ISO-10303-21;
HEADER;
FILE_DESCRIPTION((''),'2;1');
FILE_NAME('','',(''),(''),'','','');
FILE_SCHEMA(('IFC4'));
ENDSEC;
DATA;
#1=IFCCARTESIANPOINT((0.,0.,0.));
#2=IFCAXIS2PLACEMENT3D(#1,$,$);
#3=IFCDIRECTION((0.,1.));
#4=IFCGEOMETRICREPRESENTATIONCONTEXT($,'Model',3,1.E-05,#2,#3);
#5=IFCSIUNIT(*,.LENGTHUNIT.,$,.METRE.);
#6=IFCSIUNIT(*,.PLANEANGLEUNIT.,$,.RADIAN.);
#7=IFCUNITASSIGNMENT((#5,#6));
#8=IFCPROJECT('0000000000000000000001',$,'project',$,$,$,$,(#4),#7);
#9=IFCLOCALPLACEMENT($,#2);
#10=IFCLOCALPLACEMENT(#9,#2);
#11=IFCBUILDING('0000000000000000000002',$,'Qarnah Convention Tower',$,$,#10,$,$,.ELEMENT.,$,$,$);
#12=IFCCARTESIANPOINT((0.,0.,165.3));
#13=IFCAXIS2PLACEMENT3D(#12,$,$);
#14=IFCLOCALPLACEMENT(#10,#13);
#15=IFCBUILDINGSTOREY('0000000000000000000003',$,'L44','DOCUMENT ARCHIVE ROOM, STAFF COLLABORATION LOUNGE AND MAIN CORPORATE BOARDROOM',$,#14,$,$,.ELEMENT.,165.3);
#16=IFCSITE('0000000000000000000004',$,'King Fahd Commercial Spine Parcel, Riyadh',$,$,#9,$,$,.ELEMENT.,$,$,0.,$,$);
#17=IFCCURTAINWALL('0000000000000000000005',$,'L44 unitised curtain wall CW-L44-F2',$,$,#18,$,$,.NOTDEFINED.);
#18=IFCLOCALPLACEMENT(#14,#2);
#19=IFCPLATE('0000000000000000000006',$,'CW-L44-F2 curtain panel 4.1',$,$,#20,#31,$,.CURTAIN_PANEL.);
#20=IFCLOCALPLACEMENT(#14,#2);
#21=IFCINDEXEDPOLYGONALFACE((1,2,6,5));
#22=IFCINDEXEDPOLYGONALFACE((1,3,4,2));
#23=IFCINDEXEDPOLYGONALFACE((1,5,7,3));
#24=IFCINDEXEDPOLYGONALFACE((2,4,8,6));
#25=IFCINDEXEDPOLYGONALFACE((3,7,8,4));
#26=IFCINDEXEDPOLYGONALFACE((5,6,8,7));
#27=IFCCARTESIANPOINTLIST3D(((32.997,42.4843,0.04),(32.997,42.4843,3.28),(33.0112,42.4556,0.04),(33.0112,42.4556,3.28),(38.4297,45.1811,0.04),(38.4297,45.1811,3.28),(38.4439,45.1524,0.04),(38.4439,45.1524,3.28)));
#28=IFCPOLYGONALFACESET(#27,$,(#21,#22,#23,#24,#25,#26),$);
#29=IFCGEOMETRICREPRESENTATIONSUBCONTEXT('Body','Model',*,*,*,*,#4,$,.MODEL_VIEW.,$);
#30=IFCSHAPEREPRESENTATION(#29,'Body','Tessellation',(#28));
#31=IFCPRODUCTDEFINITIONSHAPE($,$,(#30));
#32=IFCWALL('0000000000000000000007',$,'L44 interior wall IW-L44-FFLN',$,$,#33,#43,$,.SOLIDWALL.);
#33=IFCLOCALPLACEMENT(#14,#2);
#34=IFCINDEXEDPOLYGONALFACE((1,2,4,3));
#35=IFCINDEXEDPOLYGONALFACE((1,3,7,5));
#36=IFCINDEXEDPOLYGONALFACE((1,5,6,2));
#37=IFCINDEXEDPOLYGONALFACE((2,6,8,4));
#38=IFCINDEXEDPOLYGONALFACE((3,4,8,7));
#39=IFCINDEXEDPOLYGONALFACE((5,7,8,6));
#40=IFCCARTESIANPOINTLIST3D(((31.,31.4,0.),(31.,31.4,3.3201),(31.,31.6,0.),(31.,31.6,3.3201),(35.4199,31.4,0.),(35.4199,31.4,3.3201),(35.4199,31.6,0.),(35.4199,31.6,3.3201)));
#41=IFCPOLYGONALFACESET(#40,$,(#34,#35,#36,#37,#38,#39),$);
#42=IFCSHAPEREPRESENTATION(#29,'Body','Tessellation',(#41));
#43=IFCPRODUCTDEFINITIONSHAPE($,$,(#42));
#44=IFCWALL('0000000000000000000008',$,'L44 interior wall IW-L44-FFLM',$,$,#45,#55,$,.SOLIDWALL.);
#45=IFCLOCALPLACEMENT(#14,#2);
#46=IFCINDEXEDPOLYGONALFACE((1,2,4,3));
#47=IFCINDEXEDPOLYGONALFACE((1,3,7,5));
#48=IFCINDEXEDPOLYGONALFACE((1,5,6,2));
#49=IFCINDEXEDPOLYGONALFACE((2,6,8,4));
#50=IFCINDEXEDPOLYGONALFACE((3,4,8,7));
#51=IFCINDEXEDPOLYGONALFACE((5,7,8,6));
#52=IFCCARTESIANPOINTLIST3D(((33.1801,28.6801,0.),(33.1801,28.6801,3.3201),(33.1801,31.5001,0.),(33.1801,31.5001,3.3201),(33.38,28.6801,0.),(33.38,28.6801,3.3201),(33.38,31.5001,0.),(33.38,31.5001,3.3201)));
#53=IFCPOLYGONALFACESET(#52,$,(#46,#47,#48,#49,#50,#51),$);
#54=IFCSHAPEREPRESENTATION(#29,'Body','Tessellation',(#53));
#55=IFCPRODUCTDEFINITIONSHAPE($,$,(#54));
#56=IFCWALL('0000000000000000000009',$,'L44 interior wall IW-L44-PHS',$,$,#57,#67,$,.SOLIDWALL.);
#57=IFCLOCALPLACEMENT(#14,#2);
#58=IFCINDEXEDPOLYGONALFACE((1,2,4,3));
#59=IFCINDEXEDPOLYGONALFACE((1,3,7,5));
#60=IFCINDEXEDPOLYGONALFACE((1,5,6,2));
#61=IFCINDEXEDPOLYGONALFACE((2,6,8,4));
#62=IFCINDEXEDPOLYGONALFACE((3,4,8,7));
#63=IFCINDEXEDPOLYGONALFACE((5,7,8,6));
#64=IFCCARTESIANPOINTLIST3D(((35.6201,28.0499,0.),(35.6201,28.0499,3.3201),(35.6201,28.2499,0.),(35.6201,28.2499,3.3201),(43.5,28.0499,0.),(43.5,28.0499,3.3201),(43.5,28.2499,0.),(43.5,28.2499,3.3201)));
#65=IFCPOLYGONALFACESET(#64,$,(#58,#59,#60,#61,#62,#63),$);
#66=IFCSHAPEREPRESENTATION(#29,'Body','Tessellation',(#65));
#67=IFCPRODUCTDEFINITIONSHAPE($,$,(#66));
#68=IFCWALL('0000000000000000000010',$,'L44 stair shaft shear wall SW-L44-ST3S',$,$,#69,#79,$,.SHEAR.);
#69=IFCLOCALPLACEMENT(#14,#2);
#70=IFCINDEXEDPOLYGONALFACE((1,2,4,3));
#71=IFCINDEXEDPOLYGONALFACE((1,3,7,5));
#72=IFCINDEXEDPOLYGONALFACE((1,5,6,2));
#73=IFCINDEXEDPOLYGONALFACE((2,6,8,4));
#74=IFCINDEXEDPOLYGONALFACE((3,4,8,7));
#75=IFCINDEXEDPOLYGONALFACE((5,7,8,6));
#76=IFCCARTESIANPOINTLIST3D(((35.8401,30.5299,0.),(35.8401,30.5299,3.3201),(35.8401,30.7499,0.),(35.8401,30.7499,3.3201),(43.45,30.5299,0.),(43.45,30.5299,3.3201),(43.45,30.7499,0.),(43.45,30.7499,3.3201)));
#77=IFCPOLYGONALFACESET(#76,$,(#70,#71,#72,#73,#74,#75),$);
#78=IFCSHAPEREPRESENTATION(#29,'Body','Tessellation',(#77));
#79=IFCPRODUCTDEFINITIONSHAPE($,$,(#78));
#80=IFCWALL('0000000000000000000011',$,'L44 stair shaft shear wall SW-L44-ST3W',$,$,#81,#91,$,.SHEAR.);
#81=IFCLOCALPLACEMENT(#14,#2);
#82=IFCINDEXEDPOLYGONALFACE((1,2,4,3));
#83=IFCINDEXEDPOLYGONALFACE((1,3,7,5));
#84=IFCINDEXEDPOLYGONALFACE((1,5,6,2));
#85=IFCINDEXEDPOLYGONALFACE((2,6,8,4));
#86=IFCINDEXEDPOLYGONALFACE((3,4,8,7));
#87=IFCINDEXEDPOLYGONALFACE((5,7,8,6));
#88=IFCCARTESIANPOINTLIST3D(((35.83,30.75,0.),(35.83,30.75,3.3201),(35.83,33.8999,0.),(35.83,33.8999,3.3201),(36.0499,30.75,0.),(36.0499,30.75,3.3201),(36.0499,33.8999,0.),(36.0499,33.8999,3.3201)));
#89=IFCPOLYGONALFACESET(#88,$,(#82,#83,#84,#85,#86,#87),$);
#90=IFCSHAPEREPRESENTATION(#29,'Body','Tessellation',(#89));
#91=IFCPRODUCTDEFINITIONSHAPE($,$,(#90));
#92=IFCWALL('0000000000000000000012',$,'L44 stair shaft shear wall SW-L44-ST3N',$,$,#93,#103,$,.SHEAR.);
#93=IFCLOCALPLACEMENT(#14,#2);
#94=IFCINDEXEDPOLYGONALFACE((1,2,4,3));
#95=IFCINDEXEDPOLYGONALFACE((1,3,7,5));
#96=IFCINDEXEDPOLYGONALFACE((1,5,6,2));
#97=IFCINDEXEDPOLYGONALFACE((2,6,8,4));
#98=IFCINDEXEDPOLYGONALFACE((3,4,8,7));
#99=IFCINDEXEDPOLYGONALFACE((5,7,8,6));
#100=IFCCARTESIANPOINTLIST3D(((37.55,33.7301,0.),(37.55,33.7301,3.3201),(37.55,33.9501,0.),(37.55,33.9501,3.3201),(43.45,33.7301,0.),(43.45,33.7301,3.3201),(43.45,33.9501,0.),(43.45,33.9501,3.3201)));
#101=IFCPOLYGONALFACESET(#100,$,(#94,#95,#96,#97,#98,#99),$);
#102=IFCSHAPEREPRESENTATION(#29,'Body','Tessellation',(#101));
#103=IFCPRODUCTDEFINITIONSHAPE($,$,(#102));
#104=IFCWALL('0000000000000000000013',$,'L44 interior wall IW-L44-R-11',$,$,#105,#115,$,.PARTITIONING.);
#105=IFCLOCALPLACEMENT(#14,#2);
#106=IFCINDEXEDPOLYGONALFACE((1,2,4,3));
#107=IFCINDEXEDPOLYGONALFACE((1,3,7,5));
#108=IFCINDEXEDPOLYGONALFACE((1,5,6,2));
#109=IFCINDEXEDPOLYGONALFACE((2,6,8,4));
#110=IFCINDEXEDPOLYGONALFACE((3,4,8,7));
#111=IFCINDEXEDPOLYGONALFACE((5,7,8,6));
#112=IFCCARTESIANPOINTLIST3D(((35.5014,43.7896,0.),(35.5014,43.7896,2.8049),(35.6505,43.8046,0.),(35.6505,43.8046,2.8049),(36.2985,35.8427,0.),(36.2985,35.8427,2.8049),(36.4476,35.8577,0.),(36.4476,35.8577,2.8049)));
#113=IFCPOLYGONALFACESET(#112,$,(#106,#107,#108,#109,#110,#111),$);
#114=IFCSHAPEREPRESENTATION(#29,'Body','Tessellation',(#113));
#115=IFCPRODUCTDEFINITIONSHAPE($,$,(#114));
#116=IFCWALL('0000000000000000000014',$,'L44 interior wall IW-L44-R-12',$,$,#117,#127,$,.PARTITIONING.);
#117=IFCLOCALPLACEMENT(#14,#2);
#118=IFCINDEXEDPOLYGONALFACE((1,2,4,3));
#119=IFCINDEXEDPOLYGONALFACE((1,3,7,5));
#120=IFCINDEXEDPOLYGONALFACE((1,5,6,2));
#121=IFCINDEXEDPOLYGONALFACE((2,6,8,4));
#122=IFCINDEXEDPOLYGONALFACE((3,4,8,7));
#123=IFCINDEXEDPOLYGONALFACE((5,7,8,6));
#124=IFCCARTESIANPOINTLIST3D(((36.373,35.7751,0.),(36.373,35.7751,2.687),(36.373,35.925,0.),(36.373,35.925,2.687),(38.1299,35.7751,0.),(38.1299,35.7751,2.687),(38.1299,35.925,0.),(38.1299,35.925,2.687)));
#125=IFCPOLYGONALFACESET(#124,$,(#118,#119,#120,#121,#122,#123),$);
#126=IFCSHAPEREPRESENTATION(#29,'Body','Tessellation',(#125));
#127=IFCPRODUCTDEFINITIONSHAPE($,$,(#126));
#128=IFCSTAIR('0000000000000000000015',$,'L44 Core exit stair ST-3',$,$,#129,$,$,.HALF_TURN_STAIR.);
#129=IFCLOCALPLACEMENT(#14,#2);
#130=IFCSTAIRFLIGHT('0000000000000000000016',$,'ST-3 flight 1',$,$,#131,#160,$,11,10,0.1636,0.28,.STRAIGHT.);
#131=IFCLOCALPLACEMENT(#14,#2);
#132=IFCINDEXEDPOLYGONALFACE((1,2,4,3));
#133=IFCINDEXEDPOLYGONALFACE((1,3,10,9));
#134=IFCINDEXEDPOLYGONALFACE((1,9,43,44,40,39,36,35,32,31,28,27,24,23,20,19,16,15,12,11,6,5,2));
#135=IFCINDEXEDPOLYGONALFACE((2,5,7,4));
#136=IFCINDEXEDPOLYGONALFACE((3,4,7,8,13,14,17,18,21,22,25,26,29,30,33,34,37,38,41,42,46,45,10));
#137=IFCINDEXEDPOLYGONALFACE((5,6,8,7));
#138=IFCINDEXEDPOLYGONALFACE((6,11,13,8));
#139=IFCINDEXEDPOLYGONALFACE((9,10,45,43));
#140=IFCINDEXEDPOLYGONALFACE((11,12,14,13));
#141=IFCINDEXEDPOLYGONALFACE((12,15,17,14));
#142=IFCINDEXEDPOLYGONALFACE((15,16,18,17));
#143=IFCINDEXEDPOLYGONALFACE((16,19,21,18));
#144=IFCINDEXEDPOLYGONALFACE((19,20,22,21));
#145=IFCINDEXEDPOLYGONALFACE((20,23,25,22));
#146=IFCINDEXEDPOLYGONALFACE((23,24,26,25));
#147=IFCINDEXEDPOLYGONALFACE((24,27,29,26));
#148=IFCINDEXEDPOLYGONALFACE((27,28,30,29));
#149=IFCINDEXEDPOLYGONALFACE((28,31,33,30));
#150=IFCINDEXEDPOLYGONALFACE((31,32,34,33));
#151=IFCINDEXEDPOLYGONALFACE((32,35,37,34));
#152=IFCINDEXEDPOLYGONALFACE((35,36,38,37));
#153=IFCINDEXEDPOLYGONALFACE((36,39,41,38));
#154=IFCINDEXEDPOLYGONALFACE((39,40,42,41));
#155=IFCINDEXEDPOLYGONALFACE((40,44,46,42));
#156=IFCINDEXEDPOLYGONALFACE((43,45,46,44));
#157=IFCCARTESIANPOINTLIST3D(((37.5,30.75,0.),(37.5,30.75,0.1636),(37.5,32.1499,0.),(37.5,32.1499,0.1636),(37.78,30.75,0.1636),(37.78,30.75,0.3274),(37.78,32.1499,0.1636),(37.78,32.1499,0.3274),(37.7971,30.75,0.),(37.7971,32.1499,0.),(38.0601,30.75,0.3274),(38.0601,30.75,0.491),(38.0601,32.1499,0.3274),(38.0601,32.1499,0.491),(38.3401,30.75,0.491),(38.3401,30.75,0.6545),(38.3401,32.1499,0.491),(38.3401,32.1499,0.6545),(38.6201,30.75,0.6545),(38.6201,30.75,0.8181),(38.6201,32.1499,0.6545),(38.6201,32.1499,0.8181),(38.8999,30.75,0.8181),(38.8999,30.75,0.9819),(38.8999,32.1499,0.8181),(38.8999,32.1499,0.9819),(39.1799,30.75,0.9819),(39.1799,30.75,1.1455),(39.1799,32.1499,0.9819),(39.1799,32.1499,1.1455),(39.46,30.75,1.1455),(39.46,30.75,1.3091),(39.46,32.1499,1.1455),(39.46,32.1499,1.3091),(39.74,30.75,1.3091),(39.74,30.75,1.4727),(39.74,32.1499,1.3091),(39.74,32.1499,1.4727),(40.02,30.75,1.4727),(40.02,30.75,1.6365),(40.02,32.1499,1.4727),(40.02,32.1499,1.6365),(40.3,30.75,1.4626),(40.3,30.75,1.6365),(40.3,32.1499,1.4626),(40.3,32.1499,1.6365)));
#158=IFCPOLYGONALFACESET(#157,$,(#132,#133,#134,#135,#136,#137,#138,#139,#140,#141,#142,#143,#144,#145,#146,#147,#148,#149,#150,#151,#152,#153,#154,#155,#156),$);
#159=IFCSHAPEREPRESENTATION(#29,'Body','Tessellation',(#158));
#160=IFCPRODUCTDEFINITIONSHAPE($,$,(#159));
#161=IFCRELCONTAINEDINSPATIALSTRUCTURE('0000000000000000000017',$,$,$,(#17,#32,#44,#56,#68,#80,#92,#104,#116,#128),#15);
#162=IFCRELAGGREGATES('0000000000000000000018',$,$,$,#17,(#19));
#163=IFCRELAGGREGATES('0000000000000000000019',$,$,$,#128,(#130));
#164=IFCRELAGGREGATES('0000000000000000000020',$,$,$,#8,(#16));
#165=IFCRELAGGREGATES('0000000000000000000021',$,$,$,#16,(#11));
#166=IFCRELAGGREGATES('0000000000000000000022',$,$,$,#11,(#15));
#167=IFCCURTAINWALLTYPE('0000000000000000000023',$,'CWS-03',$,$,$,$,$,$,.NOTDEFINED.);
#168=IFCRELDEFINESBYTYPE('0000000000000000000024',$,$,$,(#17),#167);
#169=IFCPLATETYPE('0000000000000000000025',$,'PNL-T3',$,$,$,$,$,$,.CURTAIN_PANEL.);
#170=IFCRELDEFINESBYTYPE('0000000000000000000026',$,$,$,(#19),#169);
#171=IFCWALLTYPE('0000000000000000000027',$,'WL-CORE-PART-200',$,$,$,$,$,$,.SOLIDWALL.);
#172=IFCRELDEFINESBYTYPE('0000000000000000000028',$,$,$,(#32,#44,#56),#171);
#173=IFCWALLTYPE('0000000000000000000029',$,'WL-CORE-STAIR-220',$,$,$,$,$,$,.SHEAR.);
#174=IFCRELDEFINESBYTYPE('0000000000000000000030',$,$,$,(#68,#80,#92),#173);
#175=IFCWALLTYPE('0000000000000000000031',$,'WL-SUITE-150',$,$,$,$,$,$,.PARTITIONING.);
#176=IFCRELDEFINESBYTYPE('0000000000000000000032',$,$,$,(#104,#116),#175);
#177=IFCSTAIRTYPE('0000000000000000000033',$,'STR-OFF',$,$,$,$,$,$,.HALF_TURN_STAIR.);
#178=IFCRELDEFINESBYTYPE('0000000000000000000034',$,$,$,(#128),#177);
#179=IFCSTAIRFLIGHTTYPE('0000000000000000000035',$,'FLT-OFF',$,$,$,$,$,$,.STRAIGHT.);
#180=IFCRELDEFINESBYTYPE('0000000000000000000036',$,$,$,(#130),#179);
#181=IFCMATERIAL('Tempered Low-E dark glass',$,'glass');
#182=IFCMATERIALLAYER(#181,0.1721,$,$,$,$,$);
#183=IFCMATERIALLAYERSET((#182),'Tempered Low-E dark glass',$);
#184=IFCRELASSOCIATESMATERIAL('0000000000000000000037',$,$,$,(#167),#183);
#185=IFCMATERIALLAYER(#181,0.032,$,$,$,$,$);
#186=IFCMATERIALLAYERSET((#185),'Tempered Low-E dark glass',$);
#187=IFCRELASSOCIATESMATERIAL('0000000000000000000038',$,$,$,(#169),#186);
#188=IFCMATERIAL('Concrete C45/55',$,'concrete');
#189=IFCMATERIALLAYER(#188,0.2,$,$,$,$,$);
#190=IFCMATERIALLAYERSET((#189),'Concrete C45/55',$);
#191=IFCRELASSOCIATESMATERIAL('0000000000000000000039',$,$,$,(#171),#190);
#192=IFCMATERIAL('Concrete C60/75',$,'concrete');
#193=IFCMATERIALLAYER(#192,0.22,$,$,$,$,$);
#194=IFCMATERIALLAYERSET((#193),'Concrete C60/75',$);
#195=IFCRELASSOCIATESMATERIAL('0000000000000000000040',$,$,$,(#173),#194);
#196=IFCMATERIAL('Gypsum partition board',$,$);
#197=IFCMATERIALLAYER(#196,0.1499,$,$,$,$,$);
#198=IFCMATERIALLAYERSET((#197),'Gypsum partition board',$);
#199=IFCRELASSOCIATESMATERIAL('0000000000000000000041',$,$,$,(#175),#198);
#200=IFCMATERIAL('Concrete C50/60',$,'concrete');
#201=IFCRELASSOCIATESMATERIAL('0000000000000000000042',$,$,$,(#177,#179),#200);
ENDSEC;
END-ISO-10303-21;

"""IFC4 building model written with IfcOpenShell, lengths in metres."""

from ifc_helpers import new_model, si_unit, direction, frame, frame_2d, origin, origin_2d, place, context, subcontext, project, spatial, polyline, rectangle, outline, extrude, material, layer, layer_set, type_object, element, aggregate, save


model = new_model("IFC4")

# Units and contexts
model_context = context("Model", 3, precision=1e-05, world=origin(), true_north=direction((0.0, 1.0)))
body_context = subcontext(model_context, "Body", "Model", "MODEL_VIEW")
ifc_project = project(units=[si_unit("LENGTHUNIT", "METRE"), si_unit("PLANEANGLEUNIT", "RADIAN")], contexts=[model_context])

# Site, building, storey
site_placement = place(None, origin())
site = spatial("IfcSite", under=ifc_project, at=site_placement, Name="King Fahd Commercial Spine Parcel, Riyadh", CompositionType="ELEMENT", RefElevation=0.0)
building_placement = place(site_placement, origin())
building = spatial("IfcBuilding", under=site, at=building_placement, Name="Qarnah Convention Tower", CompositionType="ELEMENT")
storey_placement = place(building_placement, frame((0.0, 0.0, 165.3)))
storey = spatial("IfcBuildingStorey", under=building, at=storey_placement, Name="L44", Description="DOCUMENT ARCHIVE ROOM, STAFF COLLABORATION LOUNGE AND MAIN CORPORATE BOARDROOM", CompositionType="ELEMENT", Elevation=165.3)

# Shared definitions
ifc_material_1 = material(Name="Concrete C60/75", Category="concrete")

# Curtain wall, plate
ifc_material_2 = material(Name="Tempered Low-E dark glass", Category="glass")
ifc_layer_1 = layer(ifc_material_2, 0.1721)
ifc_layer_set_1 = layer_set([ifc_layer_1], Name="Tempered Low-E dark glass")
curtain_wall_type = type_object("IfcCurtainWallType", Name="CWS-03", PredefinedType="NOTDEFINED", material=ifc_layer_set_1)
curtain_wall_placement = place(storey_placement, origin())
curtain_wall = element("IfcCurtainWall", 1, at=curtain_wall_placement, inside=storey, type_object=curtain_wall_type, Name="L44 unitised curtain wall CW-L44-F2", PredefinedType="NOTDEFINED")
ifc_layer_2 = layer(ifc_material_2, 0.032)
ifc_layer_set_2 = layer_set([ifc_layer_2], Name="Tempered Low-E dark glass")
plate_type = type_object("IfcPlateType", Name="PNL-T3", PredefinedType="CURTAIN_PANEL", material=ifc_layer_set_2)
plate_1_placement = place(storey_placement, frame((35.7205, 43.8184, 0.04), z_axis=(0.0, 0.0, 1.0), x_axis=(0.895712, 0.444634, 0.0)))
plate_1 = element("IfcPlate", 2, at=plate_1_placement, type_object=plate_type, Name="CW-L44-F2 curtain panel 4.1", PredefinedType="CURTAIN_PANEL", context=body_context, shape_type="SweptSolid", body=[
    extrude(rectangle(XDim=6.0652, YDim=0.032, at=origin_2d()), origin(), (0.0, 0.0, 1.0), 3.24),
])
aggregate(curtain_wall, [plate_1])

# Shared definitions
ifc_material_3 = material(Name="Concrete C45/55", Category="concrete")
ifc_layer_3 = layer(ifc_material_3, 0.2)
ifc_layer_set_3 = layer_set([ifc_layer_3], Name="Concrete C45/55")
wall_type_1 = type_object("IfcWallType", Name="WL-CORE-PART-200", PredefinedType="SOLIDWALL", material=ifc_layer_set_3)

# Walls
wall_1_placement = place(storey_placement, frame((31.0, 31.5, 0.0), z_axis=(0.0, 0.0, 1.0), x_axis=(1.0, 0.0, 0.0)))
element("IfcWall", 3, at=wall_1_placement, inside=storey, type_object=wall_type_1, Name="L44 interior wall IW-L44-FFLN", PredefinedType="SOLIDWALL", context=body_context, shape_type="SweptSolid", body=[
    extrude(rectangle(XDim=4.4199, YDim=0.2, at=frame_2d((2.21, 0.0))), origin(), (0.0, 0.0, 1.0), 3.3201),
])
wall_2_placement = place(storey_placement, frame((33.28, 28.6799, 0.0), z_axis=(0.0, 0.0, 1.0), x_axis=(0.0, 1.0, 0.0)))
element("IfcWall", 4, at=wall_2_placement, inside=storey, type_object=wall_type_1, Name="L44 interior wall IW-L44-FFLM", PredefinedType="SOLIDWALL", context=body_context, shape_type="SweptSolid", body=[
    extrude(rectangle(XDim=2.8201, YDim=0.2, at=frame_2d((1.4102, 0.0))), origin(), (0.0, 0.0, 1.0), 3.3201),
])
wall_3_placement = place(storey_placement, frame((35.6201, 28.1499, 0.0), z_axis=(0.0, 0.0, 1.0), x_axis=(1.0, 0.0, 0.0)))
element("IfcWall", 5, at=wall_3_placement, inside=storey, type_object=wall_type_1, Name="L44 interior wall IW-L44-PHS", PredefinedType="SOLIDWALL", context=body_context, shape_type="SweptSolid", body=[
    extrude(rectangle(XDim=7.8799, YDim=0.2, at=frame_2d((3.9399, 0.0))), origin(), (0.0, 0.0, 1.0), 3.3201),
])

# Walls
ifc_layer_4 = layer(ifc_material_1, 0.22)
ifc_layer_set_4 = layer_set([ifc_layer_4], Name="Concrete C60/75")
wall_type_2 = type_object("IfcWallType", Name="WL-CORE-STAIR-220", PredefinedType="SHEAR", material=ifc_layer_set_4)
wall_4_placement = place(storey_placement, frame((35.8401, 30.6399, 0.0), z_axis=(0.0, 0.0, 1.0), x_axis=(1.0, 0.0, 0.0)))
element("IfcWall", 6, at=wall_4_placement, inside=storey, type_object=wall_type_2, Name="L44 stair shaft shear wall SW-L44-ST3S", PredefinedType="SHEAR", context=body_context, shape_type="SweptSolid", body=[
    extrude(rectangle(XDim=7.6099, YDim=0.22, at=frame_2d((3.8049, 0.0))), origin(), (0.0, 0.0, 1.0), 3.3201),
])
wall_5_placement = place(storey_placement, frame((35.9399, 30.75, 0.0), z_axis=(0.0, 0.0, 1.0), x_axis=(0.0, 1.0, 0.0)))
element("IfcWall", 7, at=wall_5_placement, inside=storey, type_object=wall_type_2, Name="L44 stair shaft shear wall SW-L44-ST3W", PredefinedType="SHEAR", context=body_context, shape_type="SweptSolid", body=[
    extrude(rectangle(XDim=3.1499, YDim=0.22, at=frame_2d((1.575, 0.0))), origin(), (0.0, 0.0, 1.0), 3.3201),
])
wall_6_placement = place(storey_placement, frame((37.55, 33.8401, 0.0), z_axis=(0.0, 0.0, 1.0), x_axis=(1.0, 0.0, 0.0)))
element("IfcWall", 8, at=wall_6_placement, inside=storey, type_object=wall_type_2, Name="L44 stair shaft shear wall SW-L44-ST3N", PredefinedType="SHEAR", context=body_context, shape_type="SweptSolid", body=[
    extrude(rectangle(XDim=5.8999, YDim=0.22, at=frame_2d((2.95, 0.0))), origin(), (0.0, 0.0, 1.0), 3.3201),
])
ifc_material_4 = material(Name="Gypsum partition board")
ifc_layer_5 = layer(ifc_material_4, 0.1499)
ifc_layer_set_5 = layer_set([ifc_layer_5], Name="Gypsum partition board")
wall_type_3 = type_object("IfcWallType", Name="WL-SUITE-150", PredefinedType="PARTITIONING", material=ifc_layer_set_5)
wall_7_placement = place(storey_placement, frame((35.5759, 43.7971, 0.0), z_axis=(0.0, 0.0, 1.0), x_axis=(0.099803, -0.995007, 0.0)))
element("IfcWall", 9, at=wall_7_placement, inside=storey, type_object=wall_type_3, Name="L44 interior wall IW-L44-R-11", PredefinedType="PARTITIONING", context=body_context, shape_type="SweptSolid", body=[
    extrude(rectangle(XDim=7.9868, YDim=0.1499, at=frame_2d((3.9934, 0.0))), origin(), (0.0, 0.0, 1.0), 2.8049),
])
wall_8_placement = place(storey_placement, frame((36.373, 35.8501, 0.0), z_axis=(0.0, 0.0, 1.0), x_axis=(1.0, 0.0, 0.0)))
element("IfcWall", 10, at=wall_8_placement, inside=storey, type_object=wall_type_3, Name="L44 interior wall IW-L44-R-12", PredefinedType="PARTITIONING", context=body_context, shape_type="SweptSolid", body=[
    extrude(rectangle(XDim=1.7568, YDim=0.1499, at=frame_2d((0.8784, 0.0))), origin(), (0.0, 0.0, 1.0), 2.687),
])

# Stair, stair flight
ifc_material_5 = material(Name="Concrete C50/60", Category="concrete")
stair_type = type_object("IfcStairType", Name="STR-OFF", PredefinedType="HALF_TURN_STAIR", material=ifc_material_5)
stair_placement = place(storey_placement, origin())
stair = element("IfcStair", 11, at=stair_placement, inside=storey, type_object=stair_type, Name="L44 Core exit stair ST-3", PredefinedType="HALF_TURN_STAIR")
stair_flight_type = type_object("IfcStairFlightType", Name="FLT-OFF", PredefinedType="STRAIGHT", material=ifc_material_5)
stair_flight_placement = place(storey_placement, frame((37.5, 31.45, 0.0), z_axis=(0.0, 0.0, 1.0), x_axis=(1.0, 0.0, 0.0)))
stair_flight = element("IfcStairFlight", 12, at=stair_flight_placement, type_object=stair_flight_type, Name="ST-3 flight 1", NumberOfRisers=11, NumberOfTreads=10, PredefinedType="STRAIGHT", RiserHeight=0.1636, TreadLength=0.28, context=body_context, shape_type="SweptSolid", body=[
    extrude(outline(polyline([(0.0, 0.0), (0.0, 0.1636), (0.28, 0.1636), (0.28, 0.3274), (0.5601, 0.3274), (0.5601, 0.491), (0.8401, 0.491), (0.8401, 0.6545), (1.1201, 0.6545), (1.1201, 0.8181), (1.3999, 0.8181), (1.3999, 0.9819), (1.6799, 0.9819), (1.6799, 1.1455), (1.96, 1.1455), (1.96, 1.3091), (2.24, 1.3091), (2.24, 1.4727), (2.52, 1.4727), (2.52, 1.6365), (2.8, 1.6365), (2.8, 1.8), (2.8, 1.4626), (0.2971, 0.0), (0.0, 0.0)])), frame((0.0, 0.7, 0.0), z_axis=(0.0, -1.0, 0.0), x_axis=(1.0, 0.0, 0.0)), (0.0, 0.0, 1.0), 1.3999),
])
aggregate(stair, [stair_flight])

save(model, "model.ifc")
